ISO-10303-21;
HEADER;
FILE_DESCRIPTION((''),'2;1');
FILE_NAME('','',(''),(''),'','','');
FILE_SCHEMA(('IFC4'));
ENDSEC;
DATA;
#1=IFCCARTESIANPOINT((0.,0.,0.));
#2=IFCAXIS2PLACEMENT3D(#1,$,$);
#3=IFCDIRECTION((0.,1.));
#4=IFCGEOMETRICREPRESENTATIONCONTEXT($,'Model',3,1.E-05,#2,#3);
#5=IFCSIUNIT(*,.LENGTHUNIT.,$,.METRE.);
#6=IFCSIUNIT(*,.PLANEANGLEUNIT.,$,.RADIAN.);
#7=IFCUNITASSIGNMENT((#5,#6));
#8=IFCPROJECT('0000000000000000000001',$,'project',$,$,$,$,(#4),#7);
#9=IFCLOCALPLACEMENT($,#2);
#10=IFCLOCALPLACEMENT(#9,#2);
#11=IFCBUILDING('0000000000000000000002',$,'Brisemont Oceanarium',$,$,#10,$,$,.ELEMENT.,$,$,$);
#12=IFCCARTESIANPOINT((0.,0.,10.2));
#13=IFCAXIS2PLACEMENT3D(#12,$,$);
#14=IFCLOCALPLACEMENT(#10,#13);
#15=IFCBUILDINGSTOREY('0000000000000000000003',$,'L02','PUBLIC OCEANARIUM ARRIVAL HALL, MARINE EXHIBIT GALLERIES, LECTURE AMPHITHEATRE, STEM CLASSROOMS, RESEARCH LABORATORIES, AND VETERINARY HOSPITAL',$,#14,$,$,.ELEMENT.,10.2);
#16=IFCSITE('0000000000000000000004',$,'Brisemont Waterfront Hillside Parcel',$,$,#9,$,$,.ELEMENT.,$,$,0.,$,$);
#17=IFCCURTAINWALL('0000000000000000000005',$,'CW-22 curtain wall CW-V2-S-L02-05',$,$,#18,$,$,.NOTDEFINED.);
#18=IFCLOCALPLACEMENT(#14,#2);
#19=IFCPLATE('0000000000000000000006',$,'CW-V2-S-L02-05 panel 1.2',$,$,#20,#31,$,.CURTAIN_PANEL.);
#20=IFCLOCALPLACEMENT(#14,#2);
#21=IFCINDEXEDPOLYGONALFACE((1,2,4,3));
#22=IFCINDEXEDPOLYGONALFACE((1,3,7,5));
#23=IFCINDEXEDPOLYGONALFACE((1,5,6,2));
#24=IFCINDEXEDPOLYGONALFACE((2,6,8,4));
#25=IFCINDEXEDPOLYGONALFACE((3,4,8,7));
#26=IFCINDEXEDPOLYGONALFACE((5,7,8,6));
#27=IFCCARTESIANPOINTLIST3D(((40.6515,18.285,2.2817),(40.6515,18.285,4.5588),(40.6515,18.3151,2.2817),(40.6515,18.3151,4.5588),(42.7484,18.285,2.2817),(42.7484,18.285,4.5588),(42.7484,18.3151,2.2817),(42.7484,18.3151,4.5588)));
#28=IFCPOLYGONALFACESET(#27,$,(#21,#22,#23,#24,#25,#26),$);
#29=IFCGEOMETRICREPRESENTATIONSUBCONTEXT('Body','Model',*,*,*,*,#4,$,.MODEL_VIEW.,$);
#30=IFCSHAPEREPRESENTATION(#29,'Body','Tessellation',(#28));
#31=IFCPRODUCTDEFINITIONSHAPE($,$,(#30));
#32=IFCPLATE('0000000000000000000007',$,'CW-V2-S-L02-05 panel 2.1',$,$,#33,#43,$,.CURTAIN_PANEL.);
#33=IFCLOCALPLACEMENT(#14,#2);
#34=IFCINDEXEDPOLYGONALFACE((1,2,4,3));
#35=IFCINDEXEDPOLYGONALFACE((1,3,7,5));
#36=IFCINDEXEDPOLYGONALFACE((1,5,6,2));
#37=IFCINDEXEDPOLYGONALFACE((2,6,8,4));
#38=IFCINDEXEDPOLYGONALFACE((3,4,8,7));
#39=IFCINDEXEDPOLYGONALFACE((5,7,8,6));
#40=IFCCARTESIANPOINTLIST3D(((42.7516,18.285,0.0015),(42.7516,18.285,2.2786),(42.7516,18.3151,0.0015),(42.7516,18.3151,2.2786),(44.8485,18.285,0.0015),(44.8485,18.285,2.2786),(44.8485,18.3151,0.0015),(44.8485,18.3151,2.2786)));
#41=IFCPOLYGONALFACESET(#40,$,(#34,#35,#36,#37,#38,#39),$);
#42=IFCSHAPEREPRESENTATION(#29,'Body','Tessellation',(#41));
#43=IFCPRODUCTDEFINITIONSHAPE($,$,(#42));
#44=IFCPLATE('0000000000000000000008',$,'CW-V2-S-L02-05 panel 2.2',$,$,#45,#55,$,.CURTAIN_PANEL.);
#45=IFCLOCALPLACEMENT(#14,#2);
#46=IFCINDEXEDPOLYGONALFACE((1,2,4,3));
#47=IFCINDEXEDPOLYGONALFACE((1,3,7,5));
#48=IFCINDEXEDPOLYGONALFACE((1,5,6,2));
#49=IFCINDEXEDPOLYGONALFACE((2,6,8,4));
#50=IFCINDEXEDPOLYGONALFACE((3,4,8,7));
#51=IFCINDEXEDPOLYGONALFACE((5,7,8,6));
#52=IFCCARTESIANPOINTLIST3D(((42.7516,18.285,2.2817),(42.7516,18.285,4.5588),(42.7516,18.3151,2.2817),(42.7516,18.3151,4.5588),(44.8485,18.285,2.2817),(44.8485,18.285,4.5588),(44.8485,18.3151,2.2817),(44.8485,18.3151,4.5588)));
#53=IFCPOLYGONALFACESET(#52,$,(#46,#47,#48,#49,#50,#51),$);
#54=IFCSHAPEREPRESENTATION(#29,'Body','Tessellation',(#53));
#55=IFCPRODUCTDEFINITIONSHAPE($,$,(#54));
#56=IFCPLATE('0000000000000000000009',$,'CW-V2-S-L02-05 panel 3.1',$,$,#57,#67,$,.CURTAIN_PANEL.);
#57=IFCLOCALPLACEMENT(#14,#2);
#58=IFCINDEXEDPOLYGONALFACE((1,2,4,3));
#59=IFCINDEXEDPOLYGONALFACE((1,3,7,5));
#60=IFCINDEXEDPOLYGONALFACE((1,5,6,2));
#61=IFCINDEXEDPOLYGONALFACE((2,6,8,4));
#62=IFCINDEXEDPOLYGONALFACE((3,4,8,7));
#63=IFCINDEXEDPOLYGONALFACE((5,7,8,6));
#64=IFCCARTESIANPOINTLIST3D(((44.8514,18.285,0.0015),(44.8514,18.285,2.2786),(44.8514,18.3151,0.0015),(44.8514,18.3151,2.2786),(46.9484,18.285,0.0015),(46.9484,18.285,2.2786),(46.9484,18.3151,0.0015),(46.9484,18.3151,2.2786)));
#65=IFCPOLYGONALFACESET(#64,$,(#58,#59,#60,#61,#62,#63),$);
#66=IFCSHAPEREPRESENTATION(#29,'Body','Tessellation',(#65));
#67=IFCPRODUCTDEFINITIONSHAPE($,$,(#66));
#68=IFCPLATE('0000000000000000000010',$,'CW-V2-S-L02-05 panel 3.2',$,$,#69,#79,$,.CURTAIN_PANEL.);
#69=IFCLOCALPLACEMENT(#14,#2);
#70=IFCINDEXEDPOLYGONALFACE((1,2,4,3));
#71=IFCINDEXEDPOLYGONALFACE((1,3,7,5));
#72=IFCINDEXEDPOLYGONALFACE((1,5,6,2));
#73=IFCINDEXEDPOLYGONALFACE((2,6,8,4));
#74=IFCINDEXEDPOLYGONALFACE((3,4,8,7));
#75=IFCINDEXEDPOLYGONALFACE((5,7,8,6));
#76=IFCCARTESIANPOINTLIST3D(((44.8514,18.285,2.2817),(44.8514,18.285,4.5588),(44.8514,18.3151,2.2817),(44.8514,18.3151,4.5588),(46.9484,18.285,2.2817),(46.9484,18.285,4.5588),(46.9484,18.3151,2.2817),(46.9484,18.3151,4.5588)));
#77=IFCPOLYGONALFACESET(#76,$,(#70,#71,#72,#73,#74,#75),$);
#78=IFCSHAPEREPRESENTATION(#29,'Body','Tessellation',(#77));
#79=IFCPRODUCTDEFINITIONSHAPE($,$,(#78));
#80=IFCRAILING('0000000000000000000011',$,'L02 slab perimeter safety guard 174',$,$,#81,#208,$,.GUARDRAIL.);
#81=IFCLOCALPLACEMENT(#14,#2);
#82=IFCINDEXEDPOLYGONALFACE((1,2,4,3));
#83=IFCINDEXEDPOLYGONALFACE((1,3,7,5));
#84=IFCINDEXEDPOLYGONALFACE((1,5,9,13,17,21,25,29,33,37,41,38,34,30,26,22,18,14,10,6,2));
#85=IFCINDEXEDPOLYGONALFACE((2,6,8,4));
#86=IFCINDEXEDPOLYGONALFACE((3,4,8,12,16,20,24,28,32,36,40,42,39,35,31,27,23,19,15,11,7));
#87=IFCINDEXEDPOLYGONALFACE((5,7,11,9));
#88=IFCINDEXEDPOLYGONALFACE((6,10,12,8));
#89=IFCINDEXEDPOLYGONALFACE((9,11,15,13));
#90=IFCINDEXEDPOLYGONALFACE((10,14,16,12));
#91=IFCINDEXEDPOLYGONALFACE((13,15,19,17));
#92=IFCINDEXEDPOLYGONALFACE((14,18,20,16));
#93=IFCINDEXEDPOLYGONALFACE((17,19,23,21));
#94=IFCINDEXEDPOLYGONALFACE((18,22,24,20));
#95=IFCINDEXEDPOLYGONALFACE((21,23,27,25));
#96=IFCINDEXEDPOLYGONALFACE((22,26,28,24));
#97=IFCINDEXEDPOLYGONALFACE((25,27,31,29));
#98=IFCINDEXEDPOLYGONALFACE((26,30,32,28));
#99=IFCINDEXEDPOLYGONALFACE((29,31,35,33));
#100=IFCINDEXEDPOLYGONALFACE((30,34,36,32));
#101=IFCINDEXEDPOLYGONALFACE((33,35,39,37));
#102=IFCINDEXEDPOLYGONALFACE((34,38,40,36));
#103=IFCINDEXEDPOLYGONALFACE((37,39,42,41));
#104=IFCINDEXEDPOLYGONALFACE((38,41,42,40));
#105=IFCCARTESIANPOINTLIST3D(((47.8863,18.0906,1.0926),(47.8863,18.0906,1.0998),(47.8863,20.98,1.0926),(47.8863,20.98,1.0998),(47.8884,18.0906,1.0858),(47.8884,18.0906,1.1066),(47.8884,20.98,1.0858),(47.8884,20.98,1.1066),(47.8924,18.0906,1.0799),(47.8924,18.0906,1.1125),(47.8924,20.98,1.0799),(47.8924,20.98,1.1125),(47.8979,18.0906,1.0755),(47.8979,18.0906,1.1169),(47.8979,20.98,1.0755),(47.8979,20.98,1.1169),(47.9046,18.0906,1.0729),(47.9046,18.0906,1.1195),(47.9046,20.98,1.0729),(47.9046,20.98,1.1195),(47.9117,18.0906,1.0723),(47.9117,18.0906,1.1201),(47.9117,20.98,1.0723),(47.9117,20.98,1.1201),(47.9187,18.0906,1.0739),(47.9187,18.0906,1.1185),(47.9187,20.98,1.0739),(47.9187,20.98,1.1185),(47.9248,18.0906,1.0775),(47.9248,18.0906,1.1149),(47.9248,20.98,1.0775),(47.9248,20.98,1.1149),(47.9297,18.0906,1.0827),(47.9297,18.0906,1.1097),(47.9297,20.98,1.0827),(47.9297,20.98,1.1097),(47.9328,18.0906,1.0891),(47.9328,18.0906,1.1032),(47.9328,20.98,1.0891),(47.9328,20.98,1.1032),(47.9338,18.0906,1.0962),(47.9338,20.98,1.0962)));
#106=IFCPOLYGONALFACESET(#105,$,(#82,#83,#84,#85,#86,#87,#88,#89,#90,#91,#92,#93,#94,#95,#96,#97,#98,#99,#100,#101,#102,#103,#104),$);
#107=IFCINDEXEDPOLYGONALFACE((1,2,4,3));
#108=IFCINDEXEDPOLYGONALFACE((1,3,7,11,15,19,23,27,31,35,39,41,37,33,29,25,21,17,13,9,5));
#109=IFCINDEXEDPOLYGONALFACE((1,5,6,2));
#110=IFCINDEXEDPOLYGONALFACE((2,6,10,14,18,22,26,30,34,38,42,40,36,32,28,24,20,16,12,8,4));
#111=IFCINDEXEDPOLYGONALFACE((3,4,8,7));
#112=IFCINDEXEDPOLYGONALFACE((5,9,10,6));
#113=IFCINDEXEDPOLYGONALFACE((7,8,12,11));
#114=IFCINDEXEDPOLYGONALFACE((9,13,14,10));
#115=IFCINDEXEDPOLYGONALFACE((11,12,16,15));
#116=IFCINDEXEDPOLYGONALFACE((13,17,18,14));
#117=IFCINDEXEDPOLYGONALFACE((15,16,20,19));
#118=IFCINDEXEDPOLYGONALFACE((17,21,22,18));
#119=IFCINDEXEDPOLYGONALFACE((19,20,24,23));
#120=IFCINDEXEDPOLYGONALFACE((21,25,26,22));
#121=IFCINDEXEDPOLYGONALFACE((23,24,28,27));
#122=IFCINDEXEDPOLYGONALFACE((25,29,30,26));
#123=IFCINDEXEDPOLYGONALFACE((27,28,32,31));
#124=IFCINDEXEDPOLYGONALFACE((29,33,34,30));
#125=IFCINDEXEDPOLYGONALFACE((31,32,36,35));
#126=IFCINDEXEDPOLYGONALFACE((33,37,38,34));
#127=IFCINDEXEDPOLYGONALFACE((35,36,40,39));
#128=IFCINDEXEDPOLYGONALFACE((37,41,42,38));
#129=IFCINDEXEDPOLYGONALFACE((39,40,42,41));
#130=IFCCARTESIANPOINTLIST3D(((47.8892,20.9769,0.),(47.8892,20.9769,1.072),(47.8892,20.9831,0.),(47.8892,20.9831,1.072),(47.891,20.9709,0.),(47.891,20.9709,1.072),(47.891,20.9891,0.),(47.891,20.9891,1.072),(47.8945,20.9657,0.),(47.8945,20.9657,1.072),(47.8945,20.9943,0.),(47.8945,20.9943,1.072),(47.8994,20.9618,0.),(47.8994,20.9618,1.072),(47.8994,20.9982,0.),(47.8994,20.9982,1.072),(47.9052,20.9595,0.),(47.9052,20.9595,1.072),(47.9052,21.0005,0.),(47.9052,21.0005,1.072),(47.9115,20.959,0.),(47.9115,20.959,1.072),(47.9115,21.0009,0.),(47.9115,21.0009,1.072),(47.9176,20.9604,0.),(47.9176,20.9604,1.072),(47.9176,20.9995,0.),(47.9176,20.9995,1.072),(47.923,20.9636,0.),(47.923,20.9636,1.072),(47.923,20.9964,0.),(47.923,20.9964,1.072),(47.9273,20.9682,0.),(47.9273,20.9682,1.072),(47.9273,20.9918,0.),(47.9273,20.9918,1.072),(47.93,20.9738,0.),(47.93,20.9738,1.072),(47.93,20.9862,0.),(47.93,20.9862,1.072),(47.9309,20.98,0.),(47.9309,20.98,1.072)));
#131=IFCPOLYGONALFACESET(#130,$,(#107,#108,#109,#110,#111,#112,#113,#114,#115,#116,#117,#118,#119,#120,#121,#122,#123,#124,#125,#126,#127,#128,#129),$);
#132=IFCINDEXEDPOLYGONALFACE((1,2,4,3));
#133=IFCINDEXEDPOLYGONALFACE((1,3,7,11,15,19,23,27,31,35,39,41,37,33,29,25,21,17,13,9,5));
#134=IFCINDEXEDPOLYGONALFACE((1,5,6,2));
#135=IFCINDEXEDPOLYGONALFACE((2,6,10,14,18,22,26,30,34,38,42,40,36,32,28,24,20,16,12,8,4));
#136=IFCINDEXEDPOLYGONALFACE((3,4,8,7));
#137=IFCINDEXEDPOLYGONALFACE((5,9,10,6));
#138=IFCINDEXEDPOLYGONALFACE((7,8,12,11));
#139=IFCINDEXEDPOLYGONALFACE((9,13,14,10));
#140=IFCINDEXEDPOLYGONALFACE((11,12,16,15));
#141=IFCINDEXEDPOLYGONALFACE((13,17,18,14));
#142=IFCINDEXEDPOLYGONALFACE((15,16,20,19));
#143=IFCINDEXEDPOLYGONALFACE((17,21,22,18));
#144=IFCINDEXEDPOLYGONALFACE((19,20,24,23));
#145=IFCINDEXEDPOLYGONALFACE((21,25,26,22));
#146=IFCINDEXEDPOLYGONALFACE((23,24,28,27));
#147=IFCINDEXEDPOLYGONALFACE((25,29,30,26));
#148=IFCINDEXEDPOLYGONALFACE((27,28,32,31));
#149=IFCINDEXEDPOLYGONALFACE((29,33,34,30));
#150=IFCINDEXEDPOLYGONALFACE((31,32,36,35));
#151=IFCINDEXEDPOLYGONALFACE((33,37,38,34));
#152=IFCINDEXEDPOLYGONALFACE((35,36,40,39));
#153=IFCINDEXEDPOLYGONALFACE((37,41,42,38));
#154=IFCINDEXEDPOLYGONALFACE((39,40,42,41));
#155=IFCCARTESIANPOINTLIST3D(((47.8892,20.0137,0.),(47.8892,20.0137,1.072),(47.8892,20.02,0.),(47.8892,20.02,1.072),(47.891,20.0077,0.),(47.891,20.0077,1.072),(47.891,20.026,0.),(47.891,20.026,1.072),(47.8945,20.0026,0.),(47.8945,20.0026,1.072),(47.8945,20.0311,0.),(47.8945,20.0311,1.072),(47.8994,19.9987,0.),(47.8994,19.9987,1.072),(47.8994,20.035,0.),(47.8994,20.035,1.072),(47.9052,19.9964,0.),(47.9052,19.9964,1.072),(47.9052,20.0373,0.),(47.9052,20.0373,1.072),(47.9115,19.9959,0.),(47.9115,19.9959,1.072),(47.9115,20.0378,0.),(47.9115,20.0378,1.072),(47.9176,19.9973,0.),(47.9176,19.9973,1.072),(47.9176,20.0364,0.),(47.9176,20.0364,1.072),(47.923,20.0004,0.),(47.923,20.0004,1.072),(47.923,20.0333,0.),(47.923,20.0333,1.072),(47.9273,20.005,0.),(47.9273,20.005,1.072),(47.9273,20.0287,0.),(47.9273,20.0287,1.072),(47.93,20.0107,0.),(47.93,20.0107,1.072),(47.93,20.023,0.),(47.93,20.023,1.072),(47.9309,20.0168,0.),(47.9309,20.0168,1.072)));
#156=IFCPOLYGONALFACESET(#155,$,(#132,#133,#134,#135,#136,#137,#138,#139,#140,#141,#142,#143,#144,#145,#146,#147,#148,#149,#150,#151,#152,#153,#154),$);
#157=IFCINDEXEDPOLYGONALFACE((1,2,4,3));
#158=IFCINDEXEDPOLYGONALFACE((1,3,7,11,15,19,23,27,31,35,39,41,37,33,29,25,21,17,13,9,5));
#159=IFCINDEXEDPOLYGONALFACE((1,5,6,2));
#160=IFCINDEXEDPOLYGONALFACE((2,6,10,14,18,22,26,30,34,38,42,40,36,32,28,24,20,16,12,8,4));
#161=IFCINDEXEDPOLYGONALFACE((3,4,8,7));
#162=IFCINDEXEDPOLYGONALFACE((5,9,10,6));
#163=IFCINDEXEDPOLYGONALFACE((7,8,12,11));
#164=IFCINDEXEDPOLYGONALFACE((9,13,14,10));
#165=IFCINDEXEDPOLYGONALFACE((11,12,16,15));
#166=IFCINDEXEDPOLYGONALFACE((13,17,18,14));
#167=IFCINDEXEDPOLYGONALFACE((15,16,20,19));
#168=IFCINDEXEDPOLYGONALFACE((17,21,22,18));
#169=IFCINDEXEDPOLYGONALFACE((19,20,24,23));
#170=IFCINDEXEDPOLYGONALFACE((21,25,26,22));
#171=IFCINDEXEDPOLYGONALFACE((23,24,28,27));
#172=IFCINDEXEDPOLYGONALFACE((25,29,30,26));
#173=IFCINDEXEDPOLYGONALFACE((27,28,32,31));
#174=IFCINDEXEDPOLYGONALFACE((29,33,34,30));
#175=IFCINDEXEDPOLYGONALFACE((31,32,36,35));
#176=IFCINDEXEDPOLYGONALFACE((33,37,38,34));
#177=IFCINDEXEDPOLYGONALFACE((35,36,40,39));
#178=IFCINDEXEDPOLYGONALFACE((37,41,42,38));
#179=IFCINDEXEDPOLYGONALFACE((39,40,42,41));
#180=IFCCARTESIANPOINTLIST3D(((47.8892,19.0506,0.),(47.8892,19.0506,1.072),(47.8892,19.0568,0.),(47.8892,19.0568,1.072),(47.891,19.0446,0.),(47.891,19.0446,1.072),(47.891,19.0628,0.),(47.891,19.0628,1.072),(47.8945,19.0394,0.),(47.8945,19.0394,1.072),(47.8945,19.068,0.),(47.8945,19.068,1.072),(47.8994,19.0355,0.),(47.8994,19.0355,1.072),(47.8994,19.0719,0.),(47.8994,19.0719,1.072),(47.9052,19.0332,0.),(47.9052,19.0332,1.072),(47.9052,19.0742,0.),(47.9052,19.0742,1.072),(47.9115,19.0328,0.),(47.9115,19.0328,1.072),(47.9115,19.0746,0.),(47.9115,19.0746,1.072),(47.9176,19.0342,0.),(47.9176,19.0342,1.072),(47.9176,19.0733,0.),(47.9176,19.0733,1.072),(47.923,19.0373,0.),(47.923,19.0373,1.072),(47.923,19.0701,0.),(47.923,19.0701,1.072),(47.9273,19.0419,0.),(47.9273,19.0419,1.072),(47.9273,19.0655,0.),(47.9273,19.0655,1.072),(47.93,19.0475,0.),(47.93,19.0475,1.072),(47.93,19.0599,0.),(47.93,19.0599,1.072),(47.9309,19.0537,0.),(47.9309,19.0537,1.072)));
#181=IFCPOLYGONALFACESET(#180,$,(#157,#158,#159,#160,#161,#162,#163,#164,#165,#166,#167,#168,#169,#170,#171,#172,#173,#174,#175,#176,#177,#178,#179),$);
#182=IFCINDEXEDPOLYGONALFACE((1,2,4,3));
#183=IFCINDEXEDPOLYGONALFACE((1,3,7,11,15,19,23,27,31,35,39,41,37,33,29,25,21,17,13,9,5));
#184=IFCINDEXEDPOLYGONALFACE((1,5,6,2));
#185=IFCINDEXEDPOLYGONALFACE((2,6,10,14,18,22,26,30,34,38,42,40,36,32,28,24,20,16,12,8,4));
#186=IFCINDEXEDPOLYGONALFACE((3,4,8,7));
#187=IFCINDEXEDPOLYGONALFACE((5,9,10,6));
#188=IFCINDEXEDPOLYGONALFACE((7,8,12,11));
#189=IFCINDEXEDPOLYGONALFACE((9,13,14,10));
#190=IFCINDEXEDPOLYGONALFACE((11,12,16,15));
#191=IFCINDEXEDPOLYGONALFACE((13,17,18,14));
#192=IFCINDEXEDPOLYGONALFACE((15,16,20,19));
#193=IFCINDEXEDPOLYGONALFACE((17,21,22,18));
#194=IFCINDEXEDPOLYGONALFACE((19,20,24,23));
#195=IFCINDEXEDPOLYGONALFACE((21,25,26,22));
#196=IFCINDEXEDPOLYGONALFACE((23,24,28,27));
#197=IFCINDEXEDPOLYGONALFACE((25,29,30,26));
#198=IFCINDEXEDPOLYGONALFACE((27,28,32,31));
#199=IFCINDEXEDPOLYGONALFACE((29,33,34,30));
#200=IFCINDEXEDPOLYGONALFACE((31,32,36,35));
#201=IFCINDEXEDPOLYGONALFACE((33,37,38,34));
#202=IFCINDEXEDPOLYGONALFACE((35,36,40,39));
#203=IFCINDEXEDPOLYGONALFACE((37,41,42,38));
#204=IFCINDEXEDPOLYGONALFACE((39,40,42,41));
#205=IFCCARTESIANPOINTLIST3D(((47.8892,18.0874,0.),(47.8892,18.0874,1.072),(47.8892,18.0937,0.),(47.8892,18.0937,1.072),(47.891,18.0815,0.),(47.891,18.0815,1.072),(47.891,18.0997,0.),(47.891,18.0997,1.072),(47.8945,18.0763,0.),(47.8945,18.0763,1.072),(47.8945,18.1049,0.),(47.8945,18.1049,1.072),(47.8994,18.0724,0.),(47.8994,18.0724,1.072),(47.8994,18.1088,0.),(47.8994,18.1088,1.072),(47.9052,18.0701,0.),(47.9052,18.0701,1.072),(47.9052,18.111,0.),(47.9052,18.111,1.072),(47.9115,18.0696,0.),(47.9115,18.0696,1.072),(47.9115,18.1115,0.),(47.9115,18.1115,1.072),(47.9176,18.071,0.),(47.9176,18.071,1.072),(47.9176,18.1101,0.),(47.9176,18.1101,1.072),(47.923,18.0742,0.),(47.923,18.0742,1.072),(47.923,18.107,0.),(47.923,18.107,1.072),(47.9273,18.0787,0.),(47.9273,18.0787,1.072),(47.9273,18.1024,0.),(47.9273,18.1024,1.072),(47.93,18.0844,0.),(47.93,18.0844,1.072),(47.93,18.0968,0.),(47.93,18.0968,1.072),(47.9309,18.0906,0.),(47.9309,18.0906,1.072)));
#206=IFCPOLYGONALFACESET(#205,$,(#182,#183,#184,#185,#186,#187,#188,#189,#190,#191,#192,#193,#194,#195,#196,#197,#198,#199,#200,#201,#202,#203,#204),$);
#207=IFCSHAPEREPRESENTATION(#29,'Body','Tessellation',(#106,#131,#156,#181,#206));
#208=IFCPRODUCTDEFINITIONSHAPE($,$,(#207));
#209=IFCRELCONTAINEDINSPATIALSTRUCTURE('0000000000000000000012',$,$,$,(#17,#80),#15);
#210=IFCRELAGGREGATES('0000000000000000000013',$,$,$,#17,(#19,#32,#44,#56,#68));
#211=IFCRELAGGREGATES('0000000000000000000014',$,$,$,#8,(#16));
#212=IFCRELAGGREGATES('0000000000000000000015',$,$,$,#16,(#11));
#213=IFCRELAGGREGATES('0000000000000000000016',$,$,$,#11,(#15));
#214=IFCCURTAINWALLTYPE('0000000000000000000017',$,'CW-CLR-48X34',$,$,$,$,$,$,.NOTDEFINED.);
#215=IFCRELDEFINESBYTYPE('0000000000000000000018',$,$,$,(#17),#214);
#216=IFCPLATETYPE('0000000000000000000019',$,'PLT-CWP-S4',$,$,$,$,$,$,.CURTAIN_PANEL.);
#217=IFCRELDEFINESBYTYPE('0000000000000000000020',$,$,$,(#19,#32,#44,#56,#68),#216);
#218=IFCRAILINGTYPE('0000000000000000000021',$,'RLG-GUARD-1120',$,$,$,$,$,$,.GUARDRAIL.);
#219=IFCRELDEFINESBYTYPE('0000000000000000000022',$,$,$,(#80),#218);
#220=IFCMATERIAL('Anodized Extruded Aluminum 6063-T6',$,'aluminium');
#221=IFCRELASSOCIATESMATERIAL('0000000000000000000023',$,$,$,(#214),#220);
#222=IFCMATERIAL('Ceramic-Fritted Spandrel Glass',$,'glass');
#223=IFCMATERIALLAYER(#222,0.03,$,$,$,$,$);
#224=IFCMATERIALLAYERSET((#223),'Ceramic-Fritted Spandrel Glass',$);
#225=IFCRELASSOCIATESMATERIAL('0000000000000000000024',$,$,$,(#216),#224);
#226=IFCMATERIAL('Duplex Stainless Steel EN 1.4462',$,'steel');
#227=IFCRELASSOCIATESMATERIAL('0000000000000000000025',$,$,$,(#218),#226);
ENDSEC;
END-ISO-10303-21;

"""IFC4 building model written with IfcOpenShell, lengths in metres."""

from ifc_helpers import new_model, si_unit, direction, frame, origin, origin_2d, place, context, subcontext, project, spatial, rectangle, circle, extrude, material, layer, layer_set, type_object, element, aggregate, save


model = new_model("IFC4")

# Units and contexts
model_context = context("Model", 3, precision=1e-05, world=origin(), true_north=direction((0.0, 1.0)))
body_context = subcontext(model_context, "Body", "Model", "MODEL_VIEW")
ifc_project = project(units=[si_unit("LENGTHUNIT", "METRE"), si_unit("PLANEANGLEUNIT", "RADIAN")], contexts=[model_context])

# Site, building, storey
site_placement = place(None, origin())
site = spatial("IfcSite", under=ifc_project, at=site_placement, Name="Brisemont Waterfront Hillside Parcel", CompositionType="ELEMENT", RefElevation=0.0)
building_placement = place(site_placement, origin())
building = spatial("IfcBuilding", under=site, at=building_placement, Name="Brisemont Oceanarium", CompositionType="ELEMENT")
storey_placement = place(building_placement, frame((0.0, 0.0, 10.2)))
storey = spatial("IfcBuildingStorey", under=building, at=storey_placement, Name="L02", Description="PUBLIC OCEANARIUM ARRIVAL HALL, MARINE EXHIBIT GALLERIES, LECTURE AMPHITHEATRE, STEM CLASSROOMS, RESEARCH LABORATORIES, AND VETERINARY HOSPITAL", CompositionType="ELEMENT", Elevation=10.2)

# Shared definitions
ifc_material_1 = material(Name="Anodized Extruded Aluminum 6063-T6", Category="aluminium")
curtain_wall_type = type_object("IfcCurtainWallType", Name="CW-CLR-48X34", PredefinedType="NOTDEFINED", material=ifc_material_1)

# Curtain wall
curtain_wall_1_placement = place(storey_placement, origin())
curtain_wall_1 = element("IfcCurtainWall", 1, at=curtain_wall_1_placement, inside=storey, type_object=curtain_wall_type, Name="CW-22 curtain wall CW-V2-S-L02-05", PredefinedType="NOTDEFINED")

# Plates
ifc_material_2 = material(Name="Ceramic-Fritted Spandrel Glass", Category="glass")
ifc_layer = layer(ifc_material_2, 0.03)
ifc_layer_set = layer_set([ifc_layer], Name="Ceramic-Fritted Spandrel Glass")
plate_type = type_object("IfcPlateType", Name="PLT-CWP-S4", PredefinedType="CURTAIN_PANEL", material=ifc_layer_set)
plate_1_placement = place(storey_placement, frame((41.7, 18.3, 2.2817), z_axis=(0.0, 0.0, 1.0), x_axis=(1.0, 0.0, 0.0)))
plate_1 = element("IfcPlate", 2, at=plate_1_placement, type_object=plate_type, Name="CW-V2-S-L02-05 panel 1.2", PredefinedType="CURTAIN_PANEL", context=body_context, shape_type="SweptSolid", body=[
    extrude(rectangle(XDim=2.0969, YDim=0.03, at=origin_2d()), origin(), (0.0, 0.0, 1.0), 2.2771),
])
plate_2_placement = place(storey_placement, frame((43.8, 18.3, 0.0015), z_axis=(0.0, 0.0, 1.0), x_axis=(1.0, 0.0, 0.0)))
plate_2 = element("IfcPlate", 3, at=plate_2_placement, type_object=plate_type, Name="CW-V2-S-L02-05 panel 2.1", PredefinedType="CURTAIN_PANEL", context=body_context, shape_type="SweptSolid", body=[
    extrude(rectangle(XDim=2.0969, YDim=0.03, at=origin_2d()), origin(), (0.0, 0.0, 1.0), 2.2771),
])
plate_3_placement = place(storey_placement, frame((43.8, 18.3, 2.2817), z_axis=(0.0, 0.0, 1.0), x_axis=(1.0, 0.0, 0.0)))
plate_3 = element("IfcPlate", 4, at=plate_3_placement, type_object=plate_type, Name="CW-V2-S-L02-05 panel 2.2", PredefinedType="CURTAIN_PANEL", context=body_context, shape_type="SweptSolid", body=[
    extrude(rectangle(XDim=2.0969, YDim=0.03, at=origin_2d()), origin(), (0.0, 0.0, 1.0), 2.2771),
])
plate_4_placement = place(storey_placement, frame((45.8999, 18.3, 0.0015), z_axis=(0.0, 0.0, 1.0), x_axis=(1.0, 0.0, 0.0)))
plate_4 = element("IfcPlate", 5, at=plate_4_placement, type_object=plate_type, Name="CW-V2-S-L02-05 panel 3.1", PredefinedType="CURTAIN_PANEL", context=body_context, shape_type="SweptSolid", body=[
    extrude(rectangle(XDim=2.0969, YDim=0.03, at=origin_2d()), origin(), (0.0, 0.0, 1.0), 2.2771),
])
plate_5_placement = place(storey_placement, frame((45.8999, 18.3, 2.2817), z_axis=(0.0, 0.0, 1.0), x_axis=(1.0, 0.0, 0.0)))
plate_5 = element("IfcPlate", 6, at=plate_5_placement, type_object=plate_type, Name="CW-V2-S-L02-05 panel 3.2", PredefinedType="CURTAIN_PANEL", context=body_context, shape_type="SweptSolid", body=[
    extrude(rectangle(XDim=2.0969, YDim=0.03, at=origin_2d()), origin(), (0.0, 0.0, 1.0), 2.2771),
])
aggregate(curtain_wall_1, [plate_1, plate_2, plate_3, plate_4, plate_5])

# Railing
ifc_material_3 = material(Name="Duplex Stainless Steel EN 1.4462", Category="steel")
railing_type = type_object("IfcRailingType", Name="RLG-GUARD-1120", PredefinedType="GUARDRAIL", material=ifc_material_3)
railing_1_placement = place(storey_placement, frame((47.9099, 20.98, 0.0)))
element("IfcRailing", 7, at=railing_1_placement, inside=storey, type_object=railing_type, Name="L02 slab perimeter safety guard 174", PredefinedType="GUARDRAIL", context=body_context, shape_type="SweptSolid", body=[
    extrude(circle(Radius=0.0239, at=origin_2d()), frame((0.0, 0.0, 1.0962), z_axis=(0.0, -1.0, 0.0), x_axis=(1.0, 0.0, 0.0)), (0.0, 0.0, 1.0), 2.8894),
    extrude(circle(Radius=0.021, at=origin_2d()), origin(), (0.0, 0.0, 1.0), 1.072),
    extrude(circle(Radius=0.021, at=origin_2d()), frame((0.0, -0.9631, 0.0)), (0.0, 0.0, 1.0), 1.072),
    extrude(circle(Radius=0.021, at=origin_2d()), frame((0.0, -1.9263, 0.0)), (0.0, 0.0, 1.0), 1.072),
    extrude(circle(Radius=0.021, at=origin_2d()), frame((0.0, -2.8894, 0.0)), (0.0, 0.0, 1.0), 1.072),
])

save(model, "model.ifc")
